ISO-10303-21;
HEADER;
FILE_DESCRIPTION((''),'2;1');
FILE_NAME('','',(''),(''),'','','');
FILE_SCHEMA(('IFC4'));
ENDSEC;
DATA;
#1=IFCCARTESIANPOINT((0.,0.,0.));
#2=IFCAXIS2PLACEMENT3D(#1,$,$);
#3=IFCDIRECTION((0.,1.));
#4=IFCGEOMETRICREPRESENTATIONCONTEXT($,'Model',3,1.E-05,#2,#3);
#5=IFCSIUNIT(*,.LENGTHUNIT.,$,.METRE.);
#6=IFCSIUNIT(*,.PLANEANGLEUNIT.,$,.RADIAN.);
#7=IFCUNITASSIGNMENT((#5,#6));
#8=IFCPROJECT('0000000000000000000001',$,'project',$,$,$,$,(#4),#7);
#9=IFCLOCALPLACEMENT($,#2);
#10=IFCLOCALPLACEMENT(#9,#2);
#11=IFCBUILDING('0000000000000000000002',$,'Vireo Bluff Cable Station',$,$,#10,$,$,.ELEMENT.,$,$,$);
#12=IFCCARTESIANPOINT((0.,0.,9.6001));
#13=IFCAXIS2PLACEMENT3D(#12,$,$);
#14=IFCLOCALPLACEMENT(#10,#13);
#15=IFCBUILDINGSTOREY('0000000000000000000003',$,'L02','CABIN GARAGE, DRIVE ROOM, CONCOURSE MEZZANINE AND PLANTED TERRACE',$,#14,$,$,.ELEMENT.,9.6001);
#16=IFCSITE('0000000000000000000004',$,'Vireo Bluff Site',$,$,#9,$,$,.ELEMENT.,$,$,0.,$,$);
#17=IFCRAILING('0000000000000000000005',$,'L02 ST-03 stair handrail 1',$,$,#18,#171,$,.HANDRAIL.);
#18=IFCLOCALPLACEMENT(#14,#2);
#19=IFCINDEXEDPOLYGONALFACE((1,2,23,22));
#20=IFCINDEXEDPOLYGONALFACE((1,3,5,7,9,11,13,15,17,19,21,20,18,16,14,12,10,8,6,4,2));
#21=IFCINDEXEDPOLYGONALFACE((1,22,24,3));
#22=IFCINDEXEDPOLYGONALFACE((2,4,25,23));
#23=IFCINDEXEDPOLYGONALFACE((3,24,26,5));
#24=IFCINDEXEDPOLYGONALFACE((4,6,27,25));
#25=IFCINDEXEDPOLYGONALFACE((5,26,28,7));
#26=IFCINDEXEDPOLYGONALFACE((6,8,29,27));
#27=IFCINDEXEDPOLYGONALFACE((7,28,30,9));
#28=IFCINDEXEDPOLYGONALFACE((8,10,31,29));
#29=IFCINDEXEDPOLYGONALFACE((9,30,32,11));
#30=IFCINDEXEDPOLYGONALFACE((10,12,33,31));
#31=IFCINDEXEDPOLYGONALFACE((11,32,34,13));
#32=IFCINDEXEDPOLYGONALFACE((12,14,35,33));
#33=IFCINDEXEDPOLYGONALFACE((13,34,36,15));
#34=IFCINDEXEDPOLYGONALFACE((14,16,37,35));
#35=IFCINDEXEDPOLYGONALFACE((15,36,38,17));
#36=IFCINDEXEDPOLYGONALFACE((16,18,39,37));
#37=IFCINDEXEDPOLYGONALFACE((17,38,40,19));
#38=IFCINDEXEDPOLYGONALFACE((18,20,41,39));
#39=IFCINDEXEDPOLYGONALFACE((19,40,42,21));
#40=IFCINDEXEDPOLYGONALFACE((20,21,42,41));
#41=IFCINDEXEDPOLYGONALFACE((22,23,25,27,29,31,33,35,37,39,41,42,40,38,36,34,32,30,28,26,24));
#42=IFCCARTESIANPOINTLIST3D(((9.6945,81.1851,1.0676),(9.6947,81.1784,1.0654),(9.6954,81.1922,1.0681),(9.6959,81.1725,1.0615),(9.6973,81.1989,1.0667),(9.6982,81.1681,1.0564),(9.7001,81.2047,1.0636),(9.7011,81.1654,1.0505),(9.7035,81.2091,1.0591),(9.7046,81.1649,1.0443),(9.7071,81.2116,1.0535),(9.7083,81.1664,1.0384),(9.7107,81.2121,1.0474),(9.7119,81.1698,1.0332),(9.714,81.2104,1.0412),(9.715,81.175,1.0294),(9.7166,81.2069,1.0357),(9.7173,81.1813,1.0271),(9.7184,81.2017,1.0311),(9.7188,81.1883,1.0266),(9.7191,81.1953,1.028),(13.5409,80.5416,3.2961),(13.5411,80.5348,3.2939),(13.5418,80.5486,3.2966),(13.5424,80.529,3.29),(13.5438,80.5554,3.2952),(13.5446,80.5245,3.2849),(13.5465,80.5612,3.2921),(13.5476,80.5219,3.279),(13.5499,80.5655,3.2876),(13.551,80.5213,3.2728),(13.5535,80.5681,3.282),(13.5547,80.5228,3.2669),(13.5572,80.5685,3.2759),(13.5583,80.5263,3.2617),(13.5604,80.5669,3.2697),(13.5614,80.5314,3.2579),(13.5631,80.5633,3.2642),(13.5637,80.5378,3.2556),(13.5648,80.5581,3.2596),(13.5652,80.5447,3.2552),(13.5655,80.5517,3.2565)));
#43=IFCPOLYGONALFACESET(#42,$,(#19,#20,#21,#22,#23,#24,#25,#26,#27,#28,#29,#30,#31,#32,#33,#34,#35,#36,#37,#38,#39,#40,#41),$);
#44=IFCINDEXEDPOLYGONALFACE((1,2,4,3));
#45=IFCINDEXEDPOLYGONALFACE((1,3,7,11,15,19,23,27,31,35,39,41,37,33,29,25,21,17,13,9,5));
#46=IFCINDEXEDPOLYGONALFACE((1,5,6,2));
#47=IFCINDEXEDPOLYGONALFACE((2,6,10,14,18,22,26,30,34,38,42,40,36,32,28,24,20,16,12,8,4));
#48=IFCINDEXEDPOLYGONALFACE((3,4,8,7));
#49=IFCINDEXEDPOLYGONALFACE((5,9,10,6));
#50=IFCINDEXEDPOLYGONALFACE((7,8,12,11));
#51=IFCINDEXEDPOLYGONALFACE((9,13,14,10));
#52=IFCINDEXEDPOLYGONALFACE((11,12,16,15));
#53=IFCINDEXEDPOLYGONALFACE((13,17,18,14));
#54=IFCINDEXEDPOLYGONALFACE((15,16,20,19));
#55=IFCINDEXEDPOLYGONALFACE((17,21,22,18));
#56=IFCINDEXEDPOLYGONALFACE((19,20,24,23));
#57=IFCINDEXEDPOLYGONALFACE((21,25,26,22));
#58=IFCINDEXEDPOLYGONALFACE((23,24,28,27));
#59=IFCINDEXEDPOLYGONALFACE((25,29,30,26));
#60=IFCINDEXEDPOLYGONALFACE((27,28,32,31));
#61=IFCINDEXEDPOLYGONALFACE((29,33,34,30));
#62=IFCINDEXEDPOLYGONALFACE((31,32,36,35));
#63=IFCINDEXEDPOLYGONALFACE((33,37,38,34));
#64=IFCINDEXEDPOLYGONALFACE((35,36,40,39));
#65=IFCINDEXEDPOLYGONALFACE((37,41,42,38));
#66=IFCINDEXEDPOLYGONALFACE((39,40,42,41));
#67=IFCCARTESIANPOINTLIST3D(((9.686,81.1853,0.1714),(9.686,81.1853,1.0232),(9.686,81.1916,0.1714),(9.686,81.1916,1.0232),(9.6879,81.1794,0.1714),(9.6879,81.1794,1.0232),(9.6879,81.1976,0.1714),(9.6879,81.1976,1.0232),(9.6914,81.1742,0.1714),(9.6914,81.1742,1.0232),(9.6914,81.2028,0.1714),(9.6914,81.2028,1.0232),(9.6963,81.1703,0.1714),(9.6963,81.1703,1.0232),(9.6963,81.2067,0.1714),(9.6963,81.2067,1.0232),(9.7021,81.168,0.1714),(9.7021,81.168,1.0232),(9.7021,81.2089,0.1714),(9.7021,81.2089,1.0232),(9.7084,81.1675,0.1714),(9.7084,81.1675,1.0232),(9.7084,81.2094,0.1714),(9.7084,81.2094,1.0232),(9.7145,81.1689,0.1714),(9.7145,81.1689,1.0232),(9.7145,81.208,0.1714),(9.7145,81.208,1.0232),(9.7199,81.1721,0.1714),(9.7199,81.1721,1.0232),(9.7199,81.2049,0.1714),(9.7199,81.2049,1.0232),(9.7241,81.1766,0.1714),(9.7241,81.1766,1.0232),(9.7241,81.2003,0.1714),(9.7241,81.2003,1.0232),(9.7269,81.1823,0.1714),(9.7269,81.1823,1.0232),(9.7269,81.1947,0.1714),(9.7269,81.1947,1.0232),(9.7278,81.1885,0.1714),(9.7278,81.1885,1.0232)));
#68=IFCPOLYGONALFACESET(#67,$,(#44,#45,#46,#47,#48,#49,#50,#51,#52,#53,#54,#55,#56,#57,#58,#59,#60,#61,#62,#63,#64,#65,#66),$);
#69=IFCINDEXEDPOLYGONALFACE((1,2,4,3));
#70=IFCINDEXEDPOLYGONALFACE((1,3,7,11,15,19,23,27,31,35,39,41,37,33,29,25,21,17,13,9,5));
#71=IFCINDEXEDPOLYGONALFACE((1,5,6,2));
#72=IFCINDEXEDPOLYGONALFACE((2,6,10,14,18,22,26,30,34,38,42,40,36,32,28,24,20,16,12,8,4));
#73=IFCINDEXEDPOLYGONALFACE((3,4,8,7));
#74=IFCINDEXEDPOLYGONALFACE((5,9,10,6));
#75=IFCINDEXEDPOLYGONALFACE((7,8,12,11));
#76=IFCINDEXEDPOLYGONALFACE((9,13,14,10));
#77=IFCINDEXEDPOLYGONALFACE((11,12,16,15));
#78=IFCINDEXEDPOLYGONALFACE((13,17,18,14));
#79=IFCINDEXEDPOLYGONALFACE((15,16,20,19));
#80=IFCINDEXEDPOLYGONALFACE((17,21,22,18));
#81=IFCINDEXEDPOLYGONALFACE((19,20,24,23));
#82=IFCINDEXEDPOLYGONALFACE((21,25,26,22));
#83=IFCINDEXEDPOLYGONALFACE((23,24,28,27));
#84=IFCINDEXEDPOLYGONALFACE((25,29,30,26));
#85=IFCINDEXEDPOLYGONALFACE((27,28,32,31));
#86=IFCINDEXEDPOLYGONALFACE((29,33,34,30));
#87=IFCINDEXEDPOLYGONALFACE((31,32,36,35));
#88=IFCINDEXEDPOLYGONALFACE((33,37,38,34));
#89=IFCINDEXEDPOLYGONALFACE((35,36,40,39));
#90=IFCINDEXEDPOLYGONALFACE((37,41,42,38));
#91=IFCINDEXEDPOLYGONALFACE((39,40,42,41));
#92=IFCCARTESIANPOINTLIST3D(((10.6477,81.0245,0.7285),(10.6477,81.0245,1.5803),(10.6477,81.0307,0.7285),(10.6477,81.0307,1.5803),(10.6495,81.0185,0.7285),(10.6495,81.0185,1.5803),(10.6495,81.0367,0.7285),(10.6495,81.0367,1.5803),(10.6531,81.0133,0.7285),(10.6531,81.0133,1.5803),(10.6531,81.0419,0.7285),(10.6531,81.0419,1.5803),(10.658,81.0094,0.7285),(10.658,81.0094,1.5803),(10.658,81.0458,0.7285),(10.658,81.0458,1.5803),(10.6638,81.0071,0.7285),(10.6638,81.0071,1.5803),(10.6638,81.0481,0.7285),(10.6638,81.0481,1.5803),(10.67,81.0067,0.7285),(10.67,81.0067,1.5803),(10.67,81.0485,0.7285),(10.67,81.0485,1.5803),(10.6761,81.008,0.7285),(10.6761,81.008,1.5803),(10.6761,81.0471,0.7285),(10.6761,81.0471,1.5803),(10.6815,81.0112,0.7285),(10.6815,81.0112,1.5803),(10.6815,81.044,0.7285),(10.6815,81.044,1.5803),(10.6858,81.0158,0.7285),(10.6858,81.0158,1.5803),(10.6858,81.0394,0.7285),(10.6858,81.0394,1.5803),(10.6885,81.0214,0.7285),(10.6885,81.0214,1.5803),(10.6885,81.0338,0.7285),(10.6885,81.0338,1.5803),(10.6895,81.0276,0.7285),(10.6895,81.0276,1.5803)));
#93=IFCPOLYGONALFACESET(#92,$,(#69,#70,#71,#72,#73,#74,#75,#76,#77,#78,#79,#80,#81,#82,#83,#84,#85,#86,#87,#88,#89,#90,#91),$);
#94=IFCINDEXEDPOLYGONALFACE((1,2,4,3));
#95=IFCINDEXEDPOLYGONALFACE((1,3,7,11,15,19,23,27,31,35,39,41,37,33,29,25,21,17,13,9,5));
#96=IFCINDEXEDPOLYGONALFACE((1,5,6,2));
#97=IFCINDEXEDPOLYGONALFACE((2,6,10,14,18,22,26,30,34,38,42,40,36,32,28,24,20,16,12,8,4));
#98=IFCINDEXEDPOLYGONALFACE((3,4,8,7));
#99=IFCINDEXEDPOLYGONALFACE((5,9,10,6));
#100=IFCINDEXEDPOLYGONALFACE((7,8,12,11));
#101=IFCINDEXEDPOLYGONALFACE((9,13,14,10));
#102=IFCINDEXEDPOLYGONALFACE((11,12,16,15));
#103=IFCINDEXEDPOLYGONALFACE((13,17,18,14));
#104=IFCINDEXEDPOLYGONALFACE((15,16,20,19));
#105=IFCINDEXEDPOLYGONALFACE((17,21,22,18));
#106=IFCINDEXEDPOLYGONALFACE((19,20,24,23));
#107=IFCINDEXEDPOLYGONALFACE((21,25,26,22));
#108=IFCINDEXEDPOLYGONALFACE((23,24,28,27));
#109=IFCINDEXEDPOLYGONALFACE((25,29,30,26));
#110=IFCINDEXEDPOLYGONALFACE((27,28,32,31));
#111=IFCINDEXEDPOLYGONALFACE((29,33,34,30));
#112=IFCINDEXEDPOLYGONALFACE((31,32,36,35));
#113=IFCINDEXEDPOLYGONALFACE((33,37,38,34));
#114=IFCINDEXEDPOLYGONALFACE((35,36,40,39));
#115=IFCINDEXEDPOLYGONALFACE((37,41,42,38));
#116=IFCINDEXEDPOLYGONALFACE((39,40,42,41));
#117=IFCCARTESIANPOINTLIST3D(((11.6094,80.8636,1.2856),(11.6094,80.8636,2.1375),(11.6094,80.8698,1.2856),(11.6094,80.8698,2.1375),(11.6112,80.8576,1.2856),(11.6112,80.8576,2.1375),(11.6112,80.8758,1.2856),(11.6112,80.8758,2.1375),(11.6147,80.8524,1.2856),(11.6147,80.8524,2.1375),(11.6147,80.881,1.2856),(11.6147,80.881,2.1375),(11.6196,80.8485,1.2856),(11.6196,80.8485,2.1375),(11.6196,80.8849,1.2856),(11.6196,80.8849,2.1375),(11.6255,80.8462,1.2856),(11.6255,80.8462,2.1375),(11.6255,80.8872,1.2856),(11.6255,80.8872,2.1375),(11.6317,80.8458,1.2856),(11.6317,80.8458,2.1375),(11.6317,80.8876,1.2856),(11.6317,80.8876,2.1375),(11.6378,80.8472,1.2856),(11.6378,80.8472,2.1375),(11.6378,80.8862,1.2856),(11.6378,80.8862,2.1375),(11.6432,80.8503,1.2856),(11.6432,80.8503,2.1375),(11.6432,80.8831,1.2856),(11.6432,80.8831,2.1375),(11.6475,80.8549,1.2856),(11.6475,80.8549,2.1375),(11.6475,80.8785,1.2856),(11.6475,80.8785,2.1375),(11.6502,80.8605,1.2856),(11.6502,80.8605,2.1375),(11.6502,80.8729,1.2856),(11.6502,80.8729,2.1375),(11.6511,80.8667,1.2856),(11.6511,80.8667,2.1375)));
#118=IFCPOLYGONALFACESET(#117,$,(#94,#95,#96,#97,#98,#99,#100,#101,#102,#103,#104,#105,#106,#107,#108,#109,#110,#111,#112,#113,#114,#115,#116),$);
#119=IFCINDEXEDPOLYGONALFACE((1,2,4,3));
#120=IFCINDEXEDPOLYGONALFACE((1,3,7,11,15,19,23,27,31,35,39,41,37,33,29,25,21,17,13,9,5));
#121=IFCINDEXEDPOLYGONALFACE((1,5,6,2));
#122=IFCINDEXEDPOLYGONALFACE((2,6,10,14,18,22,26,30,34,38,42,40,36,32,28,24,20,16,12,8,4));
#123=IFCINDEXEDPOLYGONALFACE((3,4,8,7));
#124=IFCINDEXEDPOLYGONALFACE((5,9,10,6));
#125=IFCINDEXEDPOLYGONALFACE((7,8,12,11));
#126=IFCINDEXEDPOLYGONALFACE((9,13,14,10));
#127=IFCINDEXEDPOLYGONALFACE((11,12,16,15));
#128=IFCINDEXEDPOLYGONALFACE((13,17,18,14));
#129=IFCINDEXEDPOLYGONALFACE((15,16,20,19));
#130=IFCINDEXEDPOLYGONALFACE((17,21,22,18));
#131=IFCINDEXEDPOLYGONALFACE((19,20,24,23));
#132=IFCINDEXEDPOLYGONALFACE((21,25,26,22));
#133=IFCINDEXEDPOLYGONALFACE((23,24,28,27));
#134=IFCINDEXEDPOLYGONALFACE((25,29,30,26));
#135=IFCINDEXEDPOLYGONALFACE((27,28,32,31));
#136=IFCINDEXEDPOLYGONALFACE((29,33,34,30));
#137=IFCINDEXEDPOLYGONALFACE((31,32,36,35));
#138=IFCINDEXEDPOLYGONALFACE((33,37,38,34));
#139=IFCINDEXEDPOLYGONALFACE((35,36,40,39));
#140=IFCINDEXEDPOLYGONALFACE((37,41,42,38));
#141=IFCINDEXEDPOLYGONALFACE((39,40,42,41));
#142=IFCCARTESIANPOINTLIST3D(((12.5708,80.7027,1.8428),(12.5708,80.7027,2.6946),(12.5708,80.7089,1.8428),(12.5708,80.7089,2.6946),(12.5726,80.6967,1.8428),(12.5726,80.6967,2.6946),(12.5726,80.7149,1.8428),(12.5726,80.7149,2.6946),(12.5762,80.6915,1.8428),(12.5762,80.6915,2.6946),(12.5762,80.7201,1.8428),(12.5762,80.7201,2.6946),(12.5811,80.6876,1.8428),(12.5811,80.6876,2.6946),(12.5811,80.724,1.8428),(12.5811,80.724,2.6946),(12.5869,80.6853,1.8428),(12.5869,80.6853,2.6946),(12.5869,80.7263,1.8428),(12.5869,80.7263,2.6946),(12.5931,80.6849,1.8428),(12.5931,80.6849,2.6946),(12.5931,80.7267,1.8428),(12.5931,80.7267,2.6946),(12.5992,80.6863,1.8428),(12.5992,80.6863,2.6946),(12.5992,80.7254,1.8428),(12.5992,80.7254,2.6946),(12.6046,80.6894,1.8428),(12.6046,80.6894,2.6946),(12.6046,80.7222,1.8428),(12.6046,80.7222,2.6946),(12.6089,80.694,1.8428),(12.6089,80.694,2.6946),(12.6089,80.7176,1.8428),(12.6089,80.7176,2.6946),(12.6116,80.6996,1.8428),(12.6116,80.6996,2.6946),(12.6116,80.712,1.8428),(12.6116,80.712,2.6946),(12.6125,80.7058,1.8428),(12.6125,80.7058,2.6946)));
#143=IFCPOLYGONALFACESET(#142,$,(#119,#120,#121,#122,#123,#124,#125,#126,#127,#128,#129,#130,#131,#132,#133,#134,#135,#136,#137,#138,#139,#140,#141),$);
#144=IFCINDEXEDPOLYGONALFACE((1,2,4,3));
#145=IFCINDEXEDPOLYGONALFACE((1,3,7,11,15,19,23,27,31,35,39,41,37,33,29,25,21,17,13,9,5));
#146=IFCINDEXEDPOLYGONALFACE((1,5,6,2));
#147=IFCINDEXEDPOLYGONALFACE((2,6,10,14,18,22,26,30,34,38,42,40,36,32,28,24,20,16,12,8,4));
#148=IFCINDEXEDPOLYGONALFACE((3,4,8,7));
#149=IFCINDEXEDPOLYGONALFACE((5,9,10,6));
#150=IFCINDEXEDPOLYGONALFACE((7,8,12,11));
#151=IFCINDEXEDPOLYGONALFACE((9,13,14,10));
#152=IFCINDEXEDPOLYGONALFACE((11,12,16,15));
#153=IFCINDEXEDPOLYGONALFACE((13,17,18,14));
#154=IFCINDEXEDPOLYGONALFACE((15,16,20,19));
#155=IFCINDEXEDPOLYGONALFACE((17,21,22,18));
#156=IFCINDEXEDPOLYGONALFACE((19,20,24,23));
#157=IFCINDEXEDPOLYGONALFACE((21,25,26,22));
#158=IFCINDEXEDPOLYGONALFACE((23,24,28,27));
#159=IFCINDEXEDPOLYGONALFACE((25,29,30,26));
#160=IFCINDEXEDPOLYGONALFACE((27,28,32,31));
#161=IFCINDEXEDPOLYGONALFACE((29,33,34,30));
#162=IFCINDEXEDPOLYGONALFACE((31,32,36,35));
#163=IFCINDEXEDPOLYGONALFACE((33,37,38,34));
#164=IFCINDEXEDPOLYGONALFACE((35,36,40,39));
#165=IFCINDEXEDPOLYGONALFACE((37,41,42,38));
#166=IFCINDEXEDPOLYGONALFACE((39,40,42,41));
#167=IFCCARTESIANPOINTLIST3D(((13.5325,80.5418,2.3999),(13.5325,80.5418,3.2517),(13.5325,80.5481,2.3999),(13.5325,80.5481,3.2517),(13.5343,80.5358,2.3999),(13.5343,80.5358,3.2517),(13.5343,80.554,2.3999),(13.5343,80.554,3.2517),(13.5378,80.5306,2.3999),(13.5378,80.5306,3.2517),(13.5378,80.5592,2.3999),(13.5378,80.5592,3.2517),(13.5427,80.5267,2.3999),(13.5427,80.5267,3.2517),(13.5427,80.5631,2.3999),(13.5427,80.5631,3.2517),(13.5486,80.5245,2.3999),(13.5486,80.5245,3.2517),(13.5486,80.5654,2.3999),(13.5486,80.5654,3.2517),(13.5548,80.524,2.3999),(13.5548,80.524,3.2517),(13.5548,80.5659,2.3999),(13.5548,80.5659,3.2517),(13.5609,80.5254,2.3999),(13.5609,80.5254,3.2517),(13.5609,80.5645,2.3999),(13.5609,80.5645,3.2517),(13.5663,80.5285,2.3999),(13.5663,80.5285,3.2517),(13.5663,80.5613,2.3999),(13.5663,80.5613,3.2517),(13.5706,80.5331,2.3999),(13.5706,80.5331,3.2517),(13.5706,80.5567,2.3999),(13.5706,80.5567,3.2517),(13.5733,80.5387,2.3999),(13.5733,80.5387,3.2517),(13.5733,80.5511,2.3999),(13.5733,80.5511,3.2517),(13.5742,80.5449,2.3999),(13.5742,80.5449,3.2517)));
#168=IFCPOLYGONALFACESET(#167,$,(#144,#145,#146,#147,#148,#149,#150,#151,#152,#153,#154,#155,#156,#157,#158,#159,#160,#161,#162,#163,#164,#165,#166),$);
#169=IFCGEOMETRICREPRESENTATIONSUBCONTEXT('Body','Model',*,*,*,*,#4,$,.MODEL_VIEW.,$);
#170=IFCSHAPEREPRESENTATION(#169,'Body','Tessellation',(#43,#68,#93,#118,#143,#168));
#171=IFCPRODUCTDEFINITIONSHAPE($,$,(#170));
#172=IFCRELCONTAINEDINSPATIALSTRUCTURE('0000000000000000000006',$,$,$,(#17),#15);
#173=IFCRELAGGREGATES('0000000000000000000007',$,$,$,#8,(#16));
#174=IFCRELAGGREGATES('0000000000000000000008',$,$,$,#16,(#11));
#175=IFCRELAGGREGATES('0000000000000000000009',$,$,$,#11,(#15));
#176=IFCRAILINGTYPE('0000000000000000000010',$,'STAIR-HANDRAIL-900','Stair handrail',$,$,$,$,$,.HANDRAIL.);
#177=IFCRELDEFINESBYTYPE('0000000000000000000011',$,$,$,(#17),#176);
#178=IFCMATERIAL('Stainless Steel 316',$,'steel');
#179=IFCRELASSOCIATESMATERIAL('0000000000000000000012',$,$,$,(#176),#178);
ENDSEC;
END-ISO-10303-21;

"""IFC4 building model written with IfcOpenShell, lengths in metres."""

from ifc_helpers import new_model, si_unit, direction, frame, origin, origin_2d, place, context, subcontext, project, spatial, circle, extrude, material, type_object, element, save


model = new_model("IFC4")

# Units and contexts
model_context = context("Model", 3, precision=1e-05, world=origin(), true_north=direction((0.0, 1.0)))
body_context = subcontext(model_context, "Body", "Model", "MODEL_VIEW")
ifc_project = project(units=[si_unit("LENGTHUNIT", "METRE"), si_unit("PLANEANGLEUNIT", "RADIAN")], contexts=[model_context])

# Site, building, storey
site_placement = place(None, origin())
site = spatial("IfcSite", under=ifc_project, at=site_placement, Name="Vireo Bluff Site", CompositionType="ELEMENT", RefElevation=0.0)
building_placement = place(site_placement, origin())
building = spatial("IfcBuilding", under=site, at=building_placement, Name="Vireo Bluff Cable Station", CompositionType="ELEMENT")
storey_placement = place(building_placement, frame((0.0, 0.0, 9.6001)))
storey = spatial("IfcBuildingStorey", under=building, at=storey_placement, Name="L02", Description="CABIN GARAGE, DRIVE ROOM, CONCOURSE MEZZANINE AND PLANTED TERRACE", CompositionType="ELEMENT", Elevation=9.6001)

# Shared definitions
ifc_material_1 = material(Name="Stainless Steel 316", Category="steel")

# Railing
railing_type_1 = type_object("IfcRailingType", Name="STAIR-HANDRAIL-900", Description="Stair handrail", PredefinedType="HANDRAIL", material=ifc_material_1)
railing_1_placement = place(storey_placement, frame((9.7068, 81.1885, 0.1714)))
element("IfcRailing", 1, at=railing_1_placement, inside=storey, type_object=railing_type_1, Name="L02 ST-03 stair handrail 1", PredefinedType="HANDRAIL", context=body_context, shape_type="SweptSolid", body=[
    extrude(circle(Radius=0.0239, at=origin_2d()), frame((0.0, 0.0, 0.876), z_axis=(0.85634, -0.143276, 0.496139), x_axis=(0.165018, 0.986291, 0.0)), (0.0, 0.0, 1.0), 4.4917),
    extrude(circle(Radius=0.021, at=origin_2d()), origin(), (0.0, 0.0, 1.0), 0.8518),
    extrude(circle(Radius=0.021, at=origin_2d()), frame((0.9617, -0.1609, 0.5571)), (0.0, 0.0, 1.0), 0.8518),
    extrude(circle(Radius=0.021, at=origin_2d()), frame((1.9233, -0.3218, 1.1143)), (0.0, 0.0, 1.0), 0.8518),
    extrude(circle(Radius=0.021, at=origin_2d()), frame((2.8848, -0.4827, 1.6714)), (0.0, 0.0, 1.0), 0.8518),
    extrude(circle(Radius=0.021, at=origin_2d()), frame((3.8464, -0.6436, 2.2285)), (0.0, 0.0, 1.0), 0.8518),
])

save(model, "model.ifc")
